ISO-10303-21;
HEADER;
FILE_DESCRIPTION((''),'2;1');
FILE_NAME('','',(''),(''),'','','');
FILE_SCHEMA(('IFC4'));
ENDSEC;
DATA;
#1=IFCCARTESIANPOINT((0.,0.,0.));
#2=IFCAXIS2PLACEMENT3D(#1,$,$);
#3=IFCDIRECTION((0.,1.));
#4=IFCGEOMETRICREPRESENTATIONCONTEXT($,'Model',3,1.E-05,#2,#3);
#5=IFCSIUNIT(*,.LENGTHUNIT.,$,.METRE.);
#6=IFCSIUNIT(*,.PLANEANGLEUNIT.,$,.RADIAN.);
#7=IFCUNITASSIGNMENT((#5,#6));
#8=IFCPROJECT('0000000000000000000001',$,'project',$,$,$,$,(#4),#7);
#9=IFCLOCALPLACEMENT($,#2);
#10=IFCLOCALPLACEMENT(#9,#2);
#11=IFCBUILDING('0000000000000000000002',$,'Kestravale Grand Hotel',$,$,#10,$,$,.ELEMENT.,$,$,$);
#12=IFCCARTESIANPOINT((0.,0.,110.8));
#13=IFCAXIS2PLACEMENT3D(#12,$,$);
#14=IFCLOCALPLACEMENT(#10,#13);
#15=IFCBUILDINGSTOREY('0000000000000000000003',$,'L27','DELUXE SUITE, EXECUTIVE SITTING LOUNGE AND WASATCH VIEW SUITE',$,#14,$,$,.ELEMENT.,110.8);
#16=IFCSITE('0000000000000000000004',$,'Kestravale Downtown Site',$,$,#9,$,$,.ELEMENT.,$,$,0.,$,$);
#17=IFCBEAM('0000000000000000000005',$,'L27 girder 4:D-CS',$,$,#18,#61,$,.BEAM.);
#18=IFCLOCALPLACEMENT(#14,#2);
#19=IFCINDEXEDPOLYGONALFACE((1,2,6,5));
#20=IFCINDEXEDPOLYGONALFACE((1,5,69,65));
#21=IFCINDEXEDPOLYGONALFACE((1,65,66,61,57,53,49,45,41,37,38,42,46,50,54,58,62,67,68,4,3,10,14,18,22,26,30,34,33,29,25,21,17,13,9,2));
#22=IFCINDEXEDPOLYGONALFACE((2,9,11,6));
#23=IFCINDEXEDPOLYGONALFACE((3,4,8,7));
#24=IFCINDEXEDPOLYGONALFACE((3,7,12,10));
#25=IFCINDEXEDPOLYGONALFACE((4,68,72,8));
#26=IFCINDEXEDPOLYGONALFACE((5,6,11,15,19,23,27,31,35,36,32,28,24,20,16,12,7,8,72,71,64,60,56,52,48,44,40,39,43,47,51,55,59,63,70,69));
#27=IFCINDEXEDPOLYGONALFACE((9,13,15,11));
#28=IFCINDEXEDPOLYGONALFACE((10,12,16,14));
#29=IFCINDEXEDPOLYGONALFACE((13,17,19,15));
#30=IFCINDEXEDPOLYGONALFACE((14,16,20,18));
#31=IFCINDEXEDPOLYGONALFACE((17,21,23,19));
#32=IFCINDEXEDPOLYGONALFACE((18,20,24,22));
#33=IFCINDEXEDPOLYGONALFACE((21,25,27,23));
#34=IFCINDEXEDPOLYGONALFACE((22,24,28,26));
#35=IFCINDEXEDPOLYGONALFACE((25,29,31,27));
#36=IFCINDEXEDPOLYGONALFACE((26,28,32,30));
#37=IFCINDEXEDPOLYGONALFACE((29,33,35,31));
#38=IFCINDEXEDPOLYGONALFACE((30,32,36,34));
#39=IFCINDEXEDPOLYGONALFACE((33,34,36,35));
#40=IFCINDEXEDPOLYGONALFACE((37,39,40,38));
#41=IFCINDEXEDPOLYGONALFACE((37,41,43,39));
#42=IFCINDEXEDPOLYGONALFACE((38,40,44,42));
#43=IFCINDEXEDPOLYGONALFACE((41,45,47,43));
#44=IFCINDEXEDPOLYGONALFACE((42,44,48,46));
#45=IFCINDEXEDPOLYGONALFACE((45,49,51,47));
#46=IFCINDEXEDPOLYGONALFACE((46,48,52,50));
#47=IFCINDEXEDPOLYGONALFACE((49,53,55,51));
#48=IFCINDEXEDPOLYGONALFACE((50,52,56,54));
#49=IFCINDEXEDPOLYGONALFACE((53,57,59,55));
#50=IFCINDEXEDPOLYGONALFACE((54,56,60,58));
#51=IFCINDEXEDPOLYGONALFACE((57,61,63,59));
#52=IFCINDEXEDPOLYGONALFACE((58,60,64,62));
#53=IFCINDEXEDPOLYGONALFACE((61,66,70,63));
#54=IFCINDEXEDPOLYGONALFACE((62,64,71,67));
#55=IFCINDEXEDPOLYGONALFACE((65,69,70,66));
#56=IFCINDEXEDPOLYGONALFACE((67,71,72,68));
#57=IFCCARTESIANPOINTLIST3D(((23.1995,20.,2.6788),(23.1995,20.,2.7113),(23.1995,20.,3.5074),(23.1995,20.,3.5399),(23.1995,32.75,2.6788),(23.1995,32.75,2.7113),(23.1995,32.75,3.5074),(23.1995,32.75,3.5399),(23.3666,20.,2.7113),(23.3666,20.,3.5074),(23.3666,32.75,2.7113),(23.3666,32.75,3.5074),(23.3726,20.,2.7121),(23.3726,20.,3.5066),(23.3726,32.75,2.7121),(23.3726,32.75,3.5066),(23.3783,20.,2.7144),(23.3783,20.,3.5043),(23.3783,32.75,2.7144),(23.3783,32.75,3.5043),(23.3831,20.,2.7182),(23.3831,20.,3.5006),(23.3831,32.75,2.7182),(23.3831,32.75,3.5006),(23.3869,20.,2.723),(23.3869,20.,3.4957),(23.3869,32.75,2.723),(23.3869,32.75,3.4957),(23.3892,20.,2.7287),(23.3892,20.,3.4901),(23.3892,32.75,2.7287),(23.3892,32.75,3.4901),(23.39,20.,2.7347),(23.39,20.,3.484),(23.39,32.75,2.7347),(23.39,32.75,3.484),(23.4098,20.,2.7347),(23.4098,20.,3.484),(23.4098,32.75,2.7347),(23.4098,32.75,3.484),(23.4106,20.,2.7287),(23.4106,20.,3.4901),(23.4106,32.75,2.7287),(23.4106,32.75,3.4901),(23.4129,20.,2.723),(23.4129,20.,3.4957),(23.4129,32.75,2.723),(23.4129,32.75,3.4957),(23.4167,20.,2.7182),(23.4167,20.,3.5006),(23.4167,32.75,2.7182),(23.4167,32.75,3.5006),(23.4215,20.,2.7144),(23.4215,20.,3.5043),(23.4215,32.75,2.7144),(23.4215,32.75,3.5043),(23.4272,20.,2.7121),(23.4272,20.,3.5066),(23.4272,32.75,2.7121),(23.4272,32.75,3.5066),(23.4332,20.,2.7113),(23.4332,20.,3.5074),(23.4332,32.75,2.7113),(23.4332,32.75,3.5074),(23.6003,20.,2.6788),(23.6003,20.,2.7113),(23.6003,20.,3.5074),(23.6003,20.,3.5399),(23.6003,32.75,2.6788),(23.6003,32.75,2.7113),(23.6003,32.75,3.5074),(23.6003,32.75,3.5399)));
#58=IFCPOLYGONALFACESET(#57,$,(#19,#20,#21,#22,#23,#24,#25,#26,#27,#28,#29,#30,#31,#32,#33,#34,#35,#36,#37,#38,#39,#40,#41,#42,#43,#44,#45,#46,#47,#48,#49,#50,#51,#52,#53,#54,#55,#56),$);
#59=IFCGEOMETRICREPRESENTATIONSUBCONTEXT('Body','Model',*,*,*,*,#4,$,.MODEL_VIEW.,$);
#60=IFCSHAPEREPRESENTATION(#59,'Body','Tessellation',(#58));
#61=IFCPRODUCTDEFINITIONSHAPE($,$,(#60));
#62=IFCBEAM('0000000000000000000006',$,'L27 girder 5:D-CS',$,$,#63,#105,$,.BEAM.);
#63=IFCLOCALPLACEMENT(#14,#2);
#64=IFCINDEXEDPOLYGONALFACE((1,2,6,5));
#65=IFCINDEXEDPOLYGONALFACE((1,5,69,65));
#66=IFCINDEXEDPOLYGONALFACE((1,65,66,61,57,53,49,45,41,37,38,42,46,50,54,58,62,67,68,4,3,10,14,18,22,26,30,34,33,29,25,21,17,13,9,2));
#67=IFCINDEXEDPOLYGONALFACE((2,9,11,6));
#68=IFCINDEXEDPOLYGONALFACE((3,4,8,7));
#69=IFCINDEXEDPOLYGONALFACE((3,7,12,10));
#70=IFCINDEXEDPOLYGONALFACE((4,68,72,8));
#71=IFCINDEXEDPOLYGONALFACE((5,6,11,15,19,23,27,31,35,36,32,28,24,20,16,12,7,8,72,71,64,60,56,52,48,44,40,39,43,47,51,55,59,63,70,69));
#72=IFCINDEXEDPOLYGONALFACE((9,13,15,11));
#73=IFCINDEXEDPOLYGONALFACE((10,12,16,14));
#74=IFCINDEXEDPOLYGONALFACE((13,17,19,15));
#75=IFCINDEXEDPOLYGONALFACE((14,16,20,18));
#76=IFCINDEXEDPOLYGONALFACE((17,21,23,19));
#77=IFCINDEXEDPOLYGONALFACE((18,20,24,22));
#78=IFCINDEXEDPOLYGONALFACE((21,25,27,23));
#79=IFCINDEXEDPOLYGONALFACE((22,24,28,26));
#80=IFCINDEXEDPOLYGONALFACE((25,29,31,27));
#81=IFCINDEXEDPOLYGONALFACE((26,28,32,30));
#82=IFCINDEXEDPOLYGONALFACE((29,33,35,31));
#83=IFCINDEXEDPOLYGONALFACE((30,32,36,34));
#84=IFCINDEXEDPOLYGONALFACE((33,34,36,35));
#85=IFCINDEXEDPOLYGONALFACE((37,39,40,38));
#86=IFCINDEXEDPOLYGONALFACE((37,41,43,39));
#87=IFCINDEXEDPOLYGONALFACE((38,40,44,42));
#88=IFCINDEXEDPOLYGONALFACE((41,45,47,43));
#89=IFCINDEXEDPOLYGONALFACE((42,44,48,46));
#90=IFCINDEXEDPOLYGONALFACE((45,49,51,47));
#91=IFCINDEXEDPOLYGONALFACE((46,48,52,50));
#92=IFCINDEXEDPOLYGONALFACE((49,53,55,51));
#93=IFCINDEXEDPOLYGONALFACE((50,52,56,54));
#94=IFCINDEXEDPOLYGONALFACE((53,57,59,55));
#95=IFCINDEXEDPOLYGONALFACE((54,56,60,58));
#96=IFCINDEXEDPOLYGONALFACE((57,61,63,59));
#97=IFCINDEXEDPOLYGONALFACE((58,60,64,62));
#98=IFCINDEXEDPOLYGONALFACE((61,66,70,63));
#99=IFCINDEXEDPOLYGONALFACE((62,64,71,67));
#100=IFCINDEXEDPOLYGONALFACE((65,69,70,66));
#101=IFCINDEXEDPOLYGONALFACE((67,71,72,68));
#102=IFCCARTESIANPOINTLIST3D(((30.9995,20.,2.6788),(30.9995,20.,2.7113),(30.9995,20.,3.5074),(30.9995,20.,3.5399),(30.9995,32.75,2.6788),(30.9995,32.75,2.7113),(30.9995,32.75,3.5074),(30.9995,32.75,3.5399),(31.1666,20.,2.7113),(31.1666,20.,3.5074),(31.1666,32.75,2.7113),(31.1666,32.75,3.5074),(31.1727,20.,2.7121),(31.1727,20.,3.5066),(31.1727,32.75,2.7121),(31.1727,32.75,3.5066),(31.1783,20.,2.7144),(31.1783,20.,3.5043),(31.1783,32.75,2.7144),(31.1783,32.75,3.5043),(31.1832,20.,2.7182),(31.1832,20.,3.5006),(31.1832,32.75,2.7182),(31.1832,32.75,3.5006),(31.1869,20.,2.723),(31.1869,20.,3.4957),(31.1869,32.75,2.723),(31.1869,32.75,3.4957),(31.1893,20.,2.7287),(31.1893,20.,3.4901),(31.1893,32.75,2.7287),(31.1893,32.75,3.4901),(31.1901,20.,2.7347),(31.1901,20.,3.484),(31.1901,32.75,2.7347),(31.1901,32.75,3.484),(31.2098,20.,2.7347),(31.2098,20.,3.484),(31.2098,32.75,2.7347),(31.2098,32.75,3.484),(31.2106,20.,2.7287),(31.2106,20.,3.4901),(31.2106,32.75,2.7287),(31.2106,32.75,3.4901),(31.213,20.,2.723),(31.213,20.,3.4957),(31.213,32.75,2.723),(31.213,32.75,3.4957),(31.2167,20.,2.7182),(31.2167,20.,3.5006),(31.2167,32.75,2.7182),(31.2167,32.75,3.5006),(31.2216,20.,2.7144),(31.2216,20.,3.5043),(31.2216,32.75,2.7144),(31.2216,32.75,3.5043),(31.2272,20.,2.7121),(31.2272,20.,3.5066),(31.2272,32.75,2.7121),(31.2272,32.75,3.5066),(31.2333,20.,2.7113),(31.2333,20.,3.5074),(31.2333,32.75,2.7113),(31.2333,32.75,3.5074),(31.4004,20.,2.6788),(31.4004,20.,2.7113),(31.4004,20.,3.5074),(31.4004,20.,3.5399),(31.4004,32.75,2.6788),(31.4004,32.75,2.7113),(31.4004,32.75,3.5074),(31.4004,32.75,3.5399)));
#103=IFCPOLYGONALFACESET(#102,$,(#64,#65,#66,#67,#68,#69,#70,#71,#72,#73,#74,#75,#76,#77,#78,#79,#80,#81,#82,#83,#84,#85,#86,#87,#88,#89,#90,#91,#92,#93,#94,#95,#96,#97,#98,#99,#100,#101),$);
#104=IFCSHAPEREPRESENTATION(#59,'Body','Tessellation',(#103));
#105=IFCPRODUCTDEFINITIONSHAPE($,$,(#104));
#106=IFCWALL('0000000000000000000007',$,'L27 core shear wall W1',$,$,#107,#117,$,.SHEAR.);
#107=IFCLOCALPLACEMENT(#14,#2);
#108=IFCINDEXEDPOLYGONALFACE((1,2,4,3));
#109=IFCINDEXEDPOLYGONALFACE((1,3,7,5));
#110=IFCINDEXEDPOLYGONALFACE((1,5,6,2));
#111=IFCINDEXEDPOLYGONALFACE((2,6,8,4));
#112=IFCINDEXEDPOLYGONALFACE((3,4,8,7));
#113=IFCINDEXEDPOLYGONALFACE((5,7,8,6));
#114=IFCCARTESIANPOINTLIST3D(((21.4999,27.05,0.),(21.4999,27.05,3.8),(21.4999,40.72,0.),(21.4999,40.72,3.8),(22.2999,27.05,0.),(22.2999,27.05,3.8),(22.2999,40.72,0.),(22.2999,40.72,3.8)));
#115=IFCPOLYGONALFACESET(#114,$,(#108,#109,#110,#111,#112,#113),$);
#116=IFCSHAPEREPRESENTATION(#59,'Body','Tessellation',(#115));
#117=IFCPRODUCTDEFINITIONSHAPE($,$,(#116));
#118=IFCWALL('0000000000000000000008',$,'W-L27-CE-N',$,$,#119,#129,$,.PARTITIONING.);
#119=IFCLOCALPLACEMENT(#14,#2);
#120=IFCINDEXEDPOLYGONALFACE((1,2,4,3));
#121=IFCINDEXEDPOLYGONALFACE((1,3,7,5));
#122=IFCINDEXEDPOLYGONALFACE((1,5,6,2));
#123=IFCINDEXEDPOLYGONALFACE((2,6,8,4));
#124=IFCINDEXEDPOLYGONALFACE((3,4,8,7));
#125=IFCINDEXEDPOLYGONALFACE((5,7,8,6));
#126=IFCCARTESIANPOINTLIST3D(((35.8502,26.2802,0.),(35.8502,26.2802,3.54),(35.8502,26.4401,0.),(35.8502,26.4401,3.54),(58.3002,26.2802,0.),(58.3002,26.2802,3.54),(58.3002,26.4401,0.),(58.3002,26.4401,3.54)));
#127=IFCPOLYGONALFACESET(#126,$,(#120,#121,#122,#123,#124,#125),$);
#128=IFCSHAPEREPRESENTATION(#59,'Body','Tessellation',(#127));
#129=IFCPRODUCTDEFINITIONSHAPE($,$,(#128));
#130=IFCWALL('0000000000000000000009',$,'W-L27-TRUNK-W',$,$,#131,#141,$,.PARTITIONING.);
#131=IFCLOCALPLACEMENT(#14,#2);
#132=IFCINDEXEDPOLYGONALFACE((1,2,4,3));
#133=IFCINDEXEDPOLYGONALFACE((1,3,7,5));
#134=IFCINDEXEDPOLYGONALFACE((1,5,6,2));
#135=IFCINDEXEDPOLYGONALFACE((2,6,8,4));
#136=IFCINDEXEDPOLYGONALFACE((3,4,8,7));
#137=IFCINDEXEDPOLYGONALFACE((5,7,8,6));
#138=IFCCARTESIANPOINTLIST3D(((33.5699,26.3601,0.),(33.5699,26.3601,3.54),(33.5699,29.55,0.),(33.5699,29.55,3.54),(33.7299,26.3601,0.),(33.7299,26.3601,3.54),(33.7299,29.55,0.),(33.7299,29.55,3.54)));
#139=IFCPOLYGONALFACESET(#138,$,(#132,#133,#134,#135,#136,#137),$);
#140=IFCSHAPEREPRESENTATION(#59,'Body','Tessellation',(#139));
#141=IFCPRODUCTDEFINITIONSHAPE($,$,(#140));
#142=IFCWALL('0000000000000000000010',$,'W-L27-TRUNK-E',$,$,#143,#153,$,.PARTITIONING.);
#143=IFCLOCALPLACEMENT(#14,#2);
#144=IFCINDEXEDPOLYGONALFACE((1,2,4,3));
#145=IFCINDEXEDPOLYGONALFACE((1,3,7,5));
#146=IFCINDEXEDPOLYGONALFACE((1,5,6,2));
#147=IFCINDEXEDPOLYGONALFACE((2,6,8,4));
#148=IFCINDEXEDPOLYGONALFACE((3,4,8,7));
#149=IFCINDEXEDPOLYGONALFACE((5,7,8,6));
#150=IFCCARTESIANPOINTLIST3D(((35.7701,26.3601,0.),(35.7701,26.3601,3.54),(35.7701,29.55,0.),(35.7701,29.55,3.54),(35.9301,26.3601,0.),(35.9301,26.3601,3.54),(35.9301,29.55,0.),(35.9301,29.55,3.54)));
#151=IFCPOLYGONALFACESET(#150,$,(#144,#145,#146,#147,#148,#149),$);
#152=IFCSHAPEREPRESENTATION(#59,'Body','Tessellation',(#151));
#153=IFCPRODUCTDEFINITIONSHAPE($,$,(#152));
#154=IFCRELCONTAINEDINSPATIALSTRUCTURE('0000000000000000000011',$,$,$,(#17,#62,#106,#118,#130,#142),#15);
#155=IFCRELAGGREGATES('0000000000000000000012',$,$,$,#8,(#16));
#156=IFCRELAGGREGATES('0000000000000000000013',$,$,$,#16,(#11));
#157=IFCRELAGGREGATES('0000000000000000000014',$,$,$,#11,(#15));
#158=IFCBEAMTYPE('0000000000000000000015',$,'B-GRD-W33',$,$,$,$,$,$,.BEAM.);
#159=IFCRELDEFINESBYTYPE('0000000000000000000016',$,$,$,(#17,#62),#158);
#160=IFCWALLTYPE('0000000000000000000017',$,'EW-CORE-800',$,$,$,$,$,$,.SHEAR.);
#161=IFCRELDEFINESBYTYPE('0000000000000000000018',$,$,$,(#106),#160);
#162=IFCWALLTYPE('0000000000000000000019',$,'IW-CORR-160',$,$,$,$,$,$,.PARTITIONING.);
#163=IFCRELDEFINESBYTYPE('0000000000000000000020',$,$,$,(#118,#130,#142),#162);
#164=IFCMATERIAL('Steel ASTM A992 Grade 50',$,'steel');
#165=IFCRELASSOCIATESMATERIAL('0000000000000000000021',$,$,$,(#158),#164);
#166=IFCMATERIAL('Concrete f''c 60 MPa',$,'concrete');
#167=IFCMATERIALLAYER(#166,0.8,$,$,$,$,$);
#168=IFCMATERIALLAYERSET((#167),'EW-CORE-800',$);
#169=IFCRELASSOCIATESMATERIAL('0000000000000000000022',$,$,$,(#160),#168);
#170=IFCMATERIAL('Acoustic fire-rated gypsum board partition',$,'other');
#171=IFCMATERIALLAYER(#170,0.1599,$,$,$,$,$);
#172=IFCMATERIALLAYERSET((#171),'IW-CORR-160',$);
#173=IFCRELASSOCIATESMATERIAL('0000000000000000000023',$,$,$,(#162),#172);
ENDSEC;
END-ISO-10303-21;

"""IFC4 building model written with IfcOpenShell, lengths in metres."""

from ifc_helpers import new_model, si_unit, direction, frame, frame_2d, origin, origin_2d, place, context, subcontext, project, spatial, rectangle, i_section, extrude, material, layer, layer_set, material_profile, profile_set, type_object, element, save


model = new_model("IFC4")

# Units and contexts
model_context = context("Model", 3, precision=1e-05, world=origin(), true_north=direction((0.0, 1.0)))
body_context = subcontext(model_context, "Body", "Model", "MODEL_VIEW")
ifc_project = project(units=[si_unit("LENGTHUNIT", "METRE"), si_unit("PLANEANGLEUNIT", "RADIAN")], contexts=[model_context])

# Site, building, storey
site_placement = place(None, origin())
site = spatial("IfcSite", under=ifc_project, at=site_placement, Name="Kestravale Downtown Site", CompositionType="ELEMENT", RefElevation=0.0)
building_placement = place(site_placement, origin())
building = spatial("IfcBuilding", under=site, at=building_placement, Name="Kestravale Grand Hotel", CompositionType="ELEMENT")
storey_placement = place(building_placement, frame((0.0, 0.0, 110.8)))
storey = spatial("IfcBuildingStorey", under=building, at=storey_placement, Name="L27", Description="DELUXE SUITE, EXECUTIVE SITTING LOUNGE AND WASATCH VIEW SUITE", CompositionType="ELEMENT", Elevation=110.8)

# Beams
ifc_material_1 = material(Name="Steel ASTM A992 Grade 50", Category="steel")
ifc_material_profile_1 = material_profile(ifc_material_1, i_section(OverallWidth=0.4009, OverallDepth=0.8611, WebThickness=0.0198, FlangeThickness=0.0325, FilletRadius=0.0234, at=origin_2d()))
ifc_profile_set_1 = profile_set([ifc_material_profile_1], Name="Steel ASTM A992 Grade 50")
beam_type = type_object("IfcBeamType", Name="B-GRD-W33", PredefinedType="BEAM", material=ifc_profile_set_1)
for number, where, z_axis, x_axis, name in (
    (1, (23.3999, 20.0, 3.1094), (0.0, 1.0, 0.0), (-1.0, 0.0, 0.0), "L27 girder 4:D-CS"),
    (2, (31.2, 20.0, 3.1094), (0.0, 1.0, 0.0), (-1.0, 0.0, 0.0), "L27 girder 5:D-CS"),
):
    element("IfcBeam", number, at=place(storey_placement, frame(where, z_axis=z_axis, x_axis=x_axis)), inside=storey, type_object=beam_type, Name=name, PredefinedType="BEAM", context=body_context, shape_type="SweptSolid", body=[
        extrude(i_section(OverallWidth=0.4009, OverallDepth=0.8611, WebThickness=0.0198, FlangeThickness=0.0325, FilletRadius=0.0234, at=origin_2d()), origin(), (0.0, 0.0, 1.0), 12.75),
    ])

# Walls
ifc_material_2 = material(Name="Concrete f'c 60 MPa", Category="concrete")
ifc_layer_1 = layer(ifc_material_2, 0.8)
ifc_layer_set_1 = layer_set([ifc_layer_1], Name="EW-CORE-800")
wall_type_1 = type_object("IfcWallType", Name="EW-CORE-800", PredefinedType="SHEAR", material=ifc_layer_set_1)
wall_1_placement = place(storey_placement, frame((21.8999, 27.05, 0.0), z_axis=(0.0, 0.0, 1.0), x_axis=(0.0, 1.0, 0.0)))
element("IfcWall", 3, at=wall_1_placement, inside=storey, type_object=wall_type_1, Name="L27 core shear wall W1", PredefinedType="SHEAR", context=body_context, shape_type="SweptSolid", body=[
    extrude(rectangle(XDim=13.6699, YDim=0.8, at=frame_2d((6.835, 0.0))), origin(), (0.0, 0.0, 1.0), 3.8),
])
ifc_material_3 = material(Name="Acoustic fire-rated gypsum board partition", Category="other")
ifc_layer_2 = layer(ifc_material_3, 0.1599)
ifc_layer_set_2 = layer_set([ifc_layer_2], Name="IW-CORR-160")
wall_type_2 = type_object("IfcWallType", Name="IW-CORR-160", PredefinedType="PARTITIONING", material=ifc_layer_set_2)
wall_2_placement = place(storey_placement, frame((35.8501, 26.3601, 0.0), z_axis=(0.0, 0.0, 1.0), x_axis=(1.0, 0.0, 0.0)))
element("IfcWall", 4, at=wall_2_placement, inside=storey, type_object=wall_type_2, Name="W-L27-CE-N", PredefinedType="PARTITIONING", context=body_context, shape_type="SweptSolid", body=[
    extrude(rectangle(XDim=22.45, YDim=0.1599, at=frame_2d((11.2251, 0.0))), origin(), (0.0, 0.0, 1.0), 3.54),
])
for number, where, z_axis, x_axis, name in (
    (5, (33.6499, 26.3601, 0.0), (0.0, 0.0, 1.0), (0.0, 1.0, 0.0), "W-L27-TRUNK-W"),
    (6, (35.8501, 26.3601, 0.0), (0.0, 0.0, 1.0), (0.0, 1.0, 0.0), "W-L27-TRUNK-E"),
):
    element("IfcWall", number, at=place(storey_placement, frame(where, z_axis=z_axis, x_axis=x_axis)), inside=storey, type_object=wall_type_2, Name=name, PredefinedType="PARTITIONING", context=body_context, shape_type="SweptSolid", body=[
        extrude(rectangle(XDim=3.1899, YDim=0.1599, at=frame_2d((1.595, 0.0))), origin(), (0.0, 0.0, 1.0), 3.54),
    ])

save(model, "model.ifc")
